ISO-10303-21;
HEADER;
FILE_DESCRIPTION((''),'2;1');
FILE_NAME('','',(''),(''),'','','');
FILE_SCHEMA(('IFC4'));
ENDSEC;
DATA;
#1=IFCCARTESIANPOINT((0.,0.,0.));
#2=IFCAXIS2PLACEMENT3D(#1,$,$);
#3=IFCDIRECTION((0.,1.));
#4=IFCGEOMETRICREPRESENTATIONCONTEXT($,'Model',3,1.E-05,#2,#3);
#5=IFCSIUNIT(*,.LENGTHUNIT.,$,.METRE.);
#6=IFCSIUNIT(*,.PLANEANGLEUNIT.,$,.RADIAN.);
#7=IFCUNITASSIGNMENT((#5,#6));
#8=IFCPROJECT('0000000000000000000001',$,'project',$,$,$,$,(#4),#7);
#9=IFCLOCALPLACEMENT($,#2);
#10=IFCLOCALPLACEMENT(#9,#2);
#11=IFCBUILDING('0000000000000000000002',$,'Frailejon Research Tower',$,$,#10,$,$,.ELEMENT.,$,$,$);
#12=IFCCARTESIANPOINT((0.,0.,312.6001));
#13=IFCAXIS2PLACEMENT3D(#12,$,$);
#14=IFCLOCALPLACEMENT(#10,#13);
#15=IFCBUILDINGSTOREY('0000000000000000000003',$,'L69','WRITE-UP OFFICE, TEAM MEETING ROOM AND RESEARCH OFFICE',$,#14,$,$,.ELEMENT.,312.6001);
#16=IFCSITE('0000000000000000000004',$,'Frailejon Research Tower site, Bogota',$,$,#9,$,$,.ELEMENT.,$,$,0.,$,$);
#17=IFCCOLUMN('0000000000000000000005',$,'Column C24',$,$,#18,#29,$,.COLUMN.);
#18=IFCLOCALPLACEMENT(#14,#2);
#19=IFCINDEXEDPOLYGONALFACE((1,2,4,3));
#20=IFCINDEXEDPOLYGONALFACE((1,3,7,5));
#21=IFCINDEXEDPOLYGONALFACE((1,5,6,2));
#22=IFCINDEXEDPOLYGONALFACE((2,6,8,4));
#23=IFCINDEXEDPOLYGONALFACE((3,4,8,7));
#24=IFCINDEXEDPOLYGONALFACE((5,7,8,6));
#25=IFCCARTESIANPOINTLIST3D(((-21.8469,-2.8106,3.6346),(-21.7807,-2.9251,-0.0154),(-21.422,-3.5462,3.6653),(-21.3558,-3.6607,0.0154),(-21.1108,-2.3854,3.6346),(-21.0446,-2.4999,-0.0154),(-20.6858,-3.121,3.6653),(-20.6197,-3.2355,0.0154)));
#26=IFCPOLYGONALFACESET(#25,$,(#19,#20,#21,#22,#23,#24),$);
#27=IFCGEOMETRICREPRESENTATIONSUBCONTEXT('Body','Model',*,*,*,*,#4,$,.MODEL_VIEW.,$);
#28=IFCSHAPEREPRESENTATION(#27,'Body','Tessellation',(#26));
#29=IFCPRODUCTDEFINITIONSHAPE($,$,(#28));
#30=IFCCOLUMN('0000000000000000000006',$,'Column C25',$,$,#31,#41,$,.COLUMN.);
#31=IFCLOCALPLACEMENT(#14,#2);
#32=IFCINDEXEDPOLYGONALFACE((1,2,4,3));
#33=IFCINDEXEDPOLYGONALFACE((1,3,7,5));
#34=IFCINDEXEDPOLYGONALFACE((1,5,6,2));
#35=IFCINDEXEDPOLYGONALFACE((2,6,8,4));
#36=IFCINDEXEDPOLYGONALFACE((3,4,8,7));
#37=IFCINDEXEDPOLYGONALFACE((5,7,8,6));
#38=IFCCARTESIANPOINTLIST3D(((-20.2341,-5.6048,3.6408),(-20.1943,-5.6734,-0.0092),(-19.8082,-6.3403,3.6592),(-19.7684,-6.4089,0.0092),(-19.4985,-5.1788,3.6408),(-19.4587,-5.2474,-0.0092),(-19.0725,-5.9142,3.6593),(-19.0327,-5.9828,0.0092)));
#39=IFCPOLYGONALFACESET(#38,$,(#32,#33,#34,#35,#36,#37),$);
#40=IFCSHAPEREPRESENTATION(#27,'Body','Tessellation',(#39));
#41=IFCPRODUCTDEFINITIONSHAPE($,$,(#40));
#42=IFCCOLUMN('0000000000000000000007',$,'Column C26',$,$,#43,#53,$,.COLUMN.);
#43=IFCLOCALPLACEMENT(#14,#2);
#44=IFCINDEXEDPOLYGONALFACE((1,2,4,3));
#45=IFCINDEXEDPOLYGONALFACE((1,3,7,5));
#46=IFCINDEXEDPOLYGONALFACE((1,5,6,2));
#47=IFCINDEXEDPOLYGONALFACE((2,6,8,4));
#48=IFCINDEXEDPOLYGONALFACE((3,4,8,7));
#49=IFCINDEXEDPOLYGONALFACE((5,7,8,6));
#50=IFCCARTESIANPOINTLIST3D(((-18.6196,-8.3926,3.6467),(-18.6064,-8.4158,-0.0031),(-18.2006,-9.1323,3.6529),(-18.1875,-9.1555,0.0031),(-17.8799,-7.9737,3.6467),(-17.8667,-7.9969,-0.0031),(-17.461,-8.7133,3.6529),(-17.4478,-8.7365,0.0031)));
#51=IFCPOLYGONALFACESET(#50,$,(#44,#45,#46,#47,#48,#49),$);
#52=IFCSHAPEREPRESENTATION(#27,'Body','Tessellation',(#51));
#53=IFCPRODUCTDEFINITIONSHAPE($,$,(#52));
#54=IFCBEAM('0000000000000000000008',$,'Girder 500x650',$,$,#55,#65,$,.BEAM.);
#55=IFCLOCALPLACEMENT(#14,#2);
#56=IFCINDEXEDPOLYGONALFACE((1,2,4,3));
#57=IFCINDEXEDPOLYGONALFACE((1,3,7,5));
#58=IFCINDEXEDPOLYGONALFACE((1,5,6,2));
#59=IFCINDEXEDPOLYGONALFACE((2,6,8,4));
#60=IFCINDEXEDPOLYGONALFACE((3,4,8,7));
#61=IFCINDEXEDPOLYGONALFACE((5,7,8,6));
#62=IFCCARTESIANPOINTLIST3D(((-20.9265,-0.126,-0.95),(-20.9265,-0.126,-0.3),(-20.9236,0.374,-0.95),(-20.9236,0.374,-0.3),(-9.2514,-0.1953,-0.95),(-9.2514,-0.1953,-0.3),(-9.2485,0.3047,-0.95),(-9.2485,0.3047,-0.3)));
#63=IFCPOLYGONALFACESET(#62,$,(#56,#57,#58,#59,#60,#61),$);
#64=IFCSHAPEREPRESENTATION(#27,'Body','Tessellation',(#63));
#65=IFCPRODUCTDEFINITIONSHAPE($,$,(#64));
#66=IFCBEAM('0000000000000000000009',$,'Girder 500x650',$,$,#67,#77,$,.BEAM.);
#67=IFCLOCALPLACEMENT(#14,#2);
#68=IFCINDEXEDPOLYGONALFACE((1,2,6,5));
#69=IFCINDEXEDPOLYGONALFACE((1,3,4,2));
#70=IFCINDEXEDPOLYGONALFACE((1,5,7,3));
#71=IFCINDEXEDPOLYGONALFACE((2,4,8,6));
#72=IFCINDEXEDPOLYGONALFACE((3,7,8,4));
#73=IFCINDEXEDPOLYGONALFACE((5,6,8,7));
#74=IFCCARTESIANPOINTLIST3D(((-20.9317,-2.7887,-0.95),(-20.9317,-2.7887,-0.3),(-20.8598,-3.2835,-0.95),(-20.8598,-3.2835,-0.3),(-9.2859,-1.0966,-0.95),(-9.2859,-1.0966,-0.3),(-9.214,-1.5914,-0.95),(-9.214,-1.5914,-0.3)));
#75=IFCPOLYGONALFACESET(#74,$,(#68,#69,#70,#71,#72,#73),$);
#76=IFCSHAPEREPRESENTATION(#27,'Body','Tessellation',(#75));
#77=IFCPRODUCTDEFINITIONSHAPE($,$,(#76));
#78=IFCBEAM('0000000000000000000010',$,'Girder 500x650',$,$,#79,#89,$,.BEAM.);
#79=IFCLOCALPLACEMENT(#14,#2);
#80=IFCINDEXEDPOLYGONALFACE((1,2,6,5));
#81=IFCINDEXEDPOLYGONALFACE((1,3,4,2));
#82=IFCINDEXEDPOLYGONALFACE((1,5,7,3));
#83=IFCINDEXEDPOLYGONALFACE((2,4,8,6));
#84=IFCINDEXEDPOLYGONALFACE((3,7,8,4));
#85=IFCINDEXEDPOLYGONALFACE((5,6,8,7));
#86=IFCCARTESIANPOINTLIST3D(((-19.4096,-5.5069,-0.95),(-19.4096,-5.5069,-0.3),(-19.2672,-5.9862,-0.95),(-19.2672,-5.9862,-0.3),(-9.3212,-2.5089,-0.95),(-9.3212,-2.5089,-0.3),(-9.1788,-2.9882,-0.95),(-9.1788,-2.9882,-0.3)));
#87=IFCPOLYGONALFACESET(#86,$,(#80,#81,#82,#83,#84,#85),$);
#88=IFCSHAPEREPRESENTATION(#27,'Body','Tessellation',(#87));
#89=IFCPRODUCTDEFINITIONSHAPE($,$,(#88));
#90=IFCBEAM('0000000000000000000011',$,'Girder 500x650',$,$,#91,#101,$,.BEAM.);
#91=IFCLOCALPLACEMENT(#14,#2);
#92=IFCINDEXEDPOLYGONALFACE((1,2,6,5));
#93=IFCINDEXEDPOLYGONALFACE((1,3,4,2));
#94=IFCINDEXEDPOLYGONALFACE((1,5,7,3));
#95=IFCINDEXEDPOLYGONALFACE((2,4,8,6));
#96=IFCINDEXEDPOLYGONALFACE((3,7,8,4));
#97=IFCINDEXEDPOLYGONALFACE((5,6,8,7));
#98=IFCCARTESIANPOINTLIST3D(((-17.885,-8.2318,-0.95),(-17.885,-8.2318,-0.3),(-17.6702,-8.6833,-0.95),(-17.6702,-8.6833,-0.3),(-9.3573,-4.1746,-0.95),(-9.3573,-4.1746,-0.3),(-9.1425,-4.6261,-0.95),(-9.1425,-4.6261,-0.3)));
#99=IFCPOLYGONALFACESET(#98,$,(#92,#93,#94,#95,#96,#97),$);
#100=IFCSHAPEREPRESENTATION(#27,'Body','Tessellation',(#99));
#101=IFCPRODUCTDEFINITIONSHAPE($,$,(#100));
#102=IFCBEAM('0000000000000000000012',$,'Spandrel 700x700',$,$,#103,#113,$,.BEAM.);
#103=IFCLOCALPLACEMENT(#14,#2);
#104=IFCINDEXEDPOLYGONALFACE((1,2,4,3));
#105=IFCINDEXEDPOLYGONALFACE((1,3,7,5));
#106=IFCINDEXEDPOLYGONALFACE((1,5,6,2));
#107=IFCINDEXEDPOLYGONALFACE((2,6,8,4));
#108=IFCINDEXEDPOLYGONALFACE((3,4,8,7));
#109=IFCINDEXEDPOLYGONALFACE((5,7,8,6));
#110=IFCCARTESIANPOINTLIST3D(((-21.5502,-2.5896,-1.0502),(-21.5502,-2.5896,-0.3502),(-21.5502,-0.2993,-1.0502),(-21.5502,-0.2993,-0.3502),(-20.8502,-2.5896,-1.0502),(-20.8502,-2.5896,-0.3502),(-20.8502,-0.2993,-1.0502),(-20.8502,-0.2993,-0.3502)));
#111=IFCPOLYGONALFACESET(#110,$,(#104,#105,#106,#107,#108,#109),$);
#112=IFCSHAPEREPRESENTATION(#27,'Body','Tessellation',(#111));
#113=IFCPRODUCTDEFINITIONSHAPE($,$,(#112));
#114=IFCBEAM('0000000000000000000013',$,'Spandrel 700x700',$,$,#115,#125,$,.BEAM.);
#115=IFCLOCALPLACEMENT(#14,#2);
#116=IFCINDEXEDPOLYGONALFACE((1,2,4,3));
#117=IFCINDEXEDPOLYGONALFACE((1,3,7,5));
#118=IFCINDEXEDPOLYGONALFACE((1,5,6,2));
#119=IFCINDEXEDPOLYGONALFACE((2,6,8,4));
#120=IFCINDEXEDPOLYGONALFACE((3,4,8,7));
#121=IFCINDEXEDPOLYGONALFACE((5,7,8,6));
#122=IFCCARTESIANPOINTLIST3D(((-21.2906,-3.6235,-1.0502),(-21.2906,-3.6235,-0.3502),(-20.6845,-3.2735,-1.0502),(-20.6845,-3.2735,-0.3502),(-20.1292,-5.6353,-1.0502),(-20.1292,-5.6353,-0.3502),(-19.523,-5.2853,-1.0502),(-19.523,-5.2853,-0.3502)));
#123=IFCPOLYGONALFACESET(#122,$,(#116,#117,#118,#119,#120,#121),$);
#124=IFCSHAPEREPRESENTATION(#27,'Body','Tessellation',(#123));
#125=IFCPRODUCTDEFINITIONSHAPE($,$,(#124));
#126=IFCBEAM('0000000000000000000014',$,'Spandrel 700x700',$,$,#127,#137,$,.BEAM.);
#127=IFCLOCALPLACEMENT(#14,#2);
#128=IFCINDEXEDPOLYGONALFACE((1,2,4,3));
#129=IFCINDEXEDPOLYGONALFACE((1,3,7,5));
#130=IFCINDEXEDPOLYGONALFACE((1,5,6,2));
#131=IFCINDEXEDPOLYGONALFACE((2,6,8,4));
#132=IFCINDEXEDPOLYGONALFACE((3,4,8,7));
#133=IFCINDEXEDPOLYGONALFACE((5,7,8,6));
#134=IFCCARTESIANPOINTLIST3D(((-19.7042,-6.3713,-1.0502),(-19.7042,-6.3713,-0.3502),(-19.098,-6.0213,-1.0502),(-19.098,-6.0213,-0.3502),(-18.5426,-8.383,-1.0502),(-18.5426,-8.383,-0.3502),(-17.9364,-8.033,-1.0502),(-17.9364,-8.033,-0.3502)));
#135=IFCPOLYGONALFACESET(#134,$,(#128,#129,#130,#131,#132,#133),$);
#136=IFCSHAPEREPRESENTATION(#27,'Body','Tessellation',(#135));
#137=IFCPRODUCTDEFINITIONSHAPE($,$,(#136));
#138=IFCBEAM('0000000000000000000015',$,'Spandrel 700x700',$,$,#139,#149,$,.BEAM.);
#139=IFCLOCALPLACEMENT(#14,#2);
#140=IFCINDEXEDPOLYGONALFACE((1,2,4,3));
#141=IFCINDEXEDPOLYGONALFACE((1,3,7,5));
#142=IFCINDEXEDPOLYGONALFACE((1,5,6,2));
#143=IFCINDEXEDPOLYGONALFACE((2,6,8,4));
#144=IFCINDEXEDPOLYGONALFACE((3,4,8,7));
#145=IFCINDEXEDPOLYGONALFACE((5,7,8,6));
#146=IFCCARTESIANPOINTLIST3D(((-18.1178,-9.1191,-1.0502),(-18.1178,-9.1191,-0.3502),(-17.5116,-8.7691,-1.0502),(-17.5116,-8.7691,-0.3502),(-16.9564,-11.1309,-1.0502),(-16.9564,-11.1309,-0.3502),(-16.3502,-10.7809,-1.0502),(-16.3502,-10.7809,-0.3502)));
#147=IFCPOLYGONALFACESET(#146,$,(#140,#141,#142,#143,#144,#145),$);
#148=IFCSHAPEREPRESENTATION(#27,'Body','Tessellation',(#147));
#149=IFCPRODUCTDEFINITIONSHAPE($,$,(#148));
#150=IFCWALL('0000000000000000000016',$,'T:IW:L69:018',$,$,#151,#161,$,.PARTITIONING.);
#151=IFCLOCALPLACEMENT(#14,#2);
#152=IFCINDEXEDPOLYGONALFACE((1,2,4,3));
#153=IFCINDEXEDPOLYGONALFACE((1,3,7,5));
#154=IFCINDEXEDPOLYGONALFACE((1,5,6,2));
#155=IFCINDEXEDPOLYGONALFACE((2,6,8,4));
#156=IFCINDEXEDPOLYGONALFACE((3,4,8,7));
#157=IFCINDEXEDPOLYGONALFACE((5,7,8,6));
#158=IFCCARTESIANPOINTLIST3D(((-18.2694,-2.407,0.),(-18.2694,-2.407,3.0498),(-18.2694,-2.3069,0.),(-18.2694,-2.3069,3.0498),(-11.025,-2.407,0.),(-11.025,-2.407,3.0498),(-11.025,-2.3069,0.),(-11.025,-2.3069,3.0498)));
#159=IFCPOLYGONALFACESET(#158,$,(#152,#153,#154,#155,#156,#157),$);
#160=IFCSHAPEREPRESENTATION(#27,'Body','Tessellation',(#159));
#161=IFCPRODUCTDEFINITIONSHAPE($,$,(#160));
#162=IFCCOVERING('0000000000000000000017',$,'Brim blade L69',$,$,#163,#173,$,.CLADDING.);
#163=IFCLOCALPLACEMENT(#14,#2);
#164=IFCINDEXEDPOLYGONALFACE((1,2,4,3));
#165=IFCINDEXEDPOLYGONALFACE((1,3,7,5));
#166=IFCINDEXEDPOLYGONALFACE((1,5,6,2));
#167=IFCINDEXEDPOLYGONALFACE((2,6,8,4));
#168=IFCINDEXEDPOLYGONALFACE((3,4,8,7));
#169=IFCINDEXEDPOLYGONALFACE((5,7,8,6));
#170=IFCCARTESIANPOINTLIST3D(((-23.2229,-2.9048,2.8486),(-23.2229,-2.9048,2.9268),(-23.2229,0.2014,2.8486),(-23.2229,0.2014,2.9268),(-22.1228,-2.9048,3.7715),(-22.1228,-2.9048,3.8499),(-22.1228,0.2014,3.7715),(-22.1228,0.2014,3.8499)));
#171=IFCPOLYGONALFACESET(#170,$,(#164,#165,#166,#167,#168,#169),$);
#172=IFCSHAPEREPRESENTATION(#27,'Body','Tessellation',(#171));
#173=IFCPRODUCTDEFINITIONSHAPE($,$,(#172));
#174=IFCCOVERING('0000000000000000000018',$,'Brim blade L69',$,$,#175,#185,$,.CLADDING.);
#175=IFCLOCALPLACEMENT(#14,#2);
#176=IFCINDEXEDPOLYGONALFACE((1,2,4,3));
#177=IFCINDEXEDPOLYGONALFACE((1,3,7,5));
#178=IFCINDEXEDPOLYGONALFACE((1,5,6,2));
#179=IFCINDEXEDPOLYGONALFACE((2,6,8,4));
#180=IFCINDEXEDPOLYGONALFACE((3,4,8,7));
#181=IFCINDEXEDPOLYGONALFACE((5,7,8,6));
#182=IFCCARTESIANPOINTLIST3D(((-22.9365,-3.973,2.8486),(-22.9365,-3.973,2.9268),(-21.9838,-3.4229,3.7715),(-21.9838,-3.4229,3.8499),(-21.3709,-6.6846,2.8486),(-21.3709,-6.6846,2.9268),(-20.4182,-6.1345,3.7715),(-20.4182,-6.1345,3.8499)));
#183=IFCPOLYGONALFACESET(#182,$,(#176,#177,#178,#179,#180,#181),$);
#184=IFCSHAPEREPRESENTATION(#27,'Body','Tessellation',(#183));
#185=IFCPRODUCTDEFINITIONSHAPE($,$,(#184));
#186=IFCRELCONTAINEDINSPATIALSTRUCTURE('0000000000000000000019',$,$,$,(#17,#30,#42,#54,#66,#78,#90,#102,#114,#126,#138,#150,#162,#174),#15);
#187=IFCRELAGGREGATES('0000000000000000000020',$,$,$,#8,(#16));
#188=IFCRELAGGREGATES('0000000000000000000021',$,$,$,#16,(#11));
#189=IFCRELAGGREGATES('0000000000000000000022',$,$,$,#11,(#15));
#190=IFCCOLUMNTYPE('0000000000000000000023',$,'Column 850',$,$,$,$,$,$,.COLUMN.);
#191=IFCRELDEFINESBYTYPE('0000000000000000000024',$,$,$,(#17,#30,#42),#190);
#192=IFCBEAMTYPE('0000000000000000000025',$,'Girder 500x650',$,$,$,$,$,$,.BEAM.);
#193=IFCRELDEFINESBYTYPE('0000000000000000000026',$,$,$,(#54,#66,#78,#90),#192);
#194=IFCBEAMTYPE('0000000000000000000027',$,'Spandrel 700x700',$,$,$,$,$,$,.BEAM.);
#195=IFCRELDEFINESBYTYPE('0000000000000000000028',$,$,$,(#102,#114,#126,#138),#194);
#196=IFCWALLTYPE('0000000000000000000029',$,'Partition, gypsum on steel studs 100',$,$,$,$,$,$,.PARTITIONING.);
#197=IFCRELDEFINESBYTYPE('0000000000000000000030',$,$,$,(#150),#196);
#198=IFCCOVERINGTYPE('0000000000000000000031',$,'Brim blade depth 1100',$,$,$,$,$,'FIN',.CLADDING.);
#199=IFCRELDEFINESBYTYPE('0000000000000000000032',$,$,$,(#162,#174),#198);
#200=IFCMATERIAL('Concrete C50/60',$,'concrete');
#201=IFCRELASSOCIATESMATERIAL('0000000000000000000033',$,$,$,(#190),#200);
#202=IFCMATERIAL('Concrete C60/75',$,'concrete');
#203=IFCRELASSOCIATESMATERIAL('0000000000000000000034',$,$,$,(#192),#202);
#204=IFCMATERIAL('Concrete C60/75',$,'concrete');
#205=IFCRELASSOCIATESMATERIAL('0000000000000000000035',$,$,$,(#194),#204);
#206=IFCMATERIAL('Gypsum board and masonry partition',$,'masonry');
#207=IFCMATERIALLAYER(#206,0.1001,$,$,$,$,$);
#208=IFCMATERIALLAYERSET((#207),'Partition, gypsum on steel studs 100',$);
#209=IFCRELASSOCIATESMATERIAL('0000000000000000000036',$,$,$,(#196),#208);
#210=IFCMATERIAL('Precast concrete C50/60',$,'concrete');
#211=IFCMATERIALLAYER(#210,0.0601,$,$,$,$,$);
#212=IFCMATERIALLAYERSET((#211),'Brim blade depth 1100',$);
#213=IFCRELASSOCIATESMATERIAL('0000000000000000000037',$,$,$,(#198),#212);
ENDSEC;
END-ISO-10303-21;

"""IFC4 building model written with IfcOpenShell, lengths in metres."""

from ifc_helpers import new_model, si_unit, direction, frame, frame_2d, origin, origin_2d, place, context, subcontext, project, spatial, polyline, rectangle, outline, extrude, material, layer, layer_set, material_profile, profile_set, type_object, element, save


model = new_model("IFC4")

# Units and contexts
model_context = context("Model", 3, precision=1e-05, world=origin(), true_north=direction((0.0, 1.0)))
body_context = subcontext(model_context, "Body", "Model", "MODEL_VIEW")
ifc_project = project(units=[si_unit("LENGTHUNIT", "METRE"), si_unit("PLANEANGLEUNIT", "RADIAN")], contexts=[model_context])

# Site, building, storey
site_placement = place(None, origin())
site = spatial("IfcSite", under=ifc_project, at=site_placement, Name="Frailejon Research Tower site, Bogota", CompositionType="ELEMENT", RefElevation=0.0)
building_placement = place(site_placement, origin())
building = spatial("IfcBuilding", under=site, at=building_placement, Name="Frailejon Research Tower", CompositionType="ELEMENT")
storey_placement = place(building_placement, frame((0.0, 0.0, 312.6001)))
storey = spatial("IfcBuildingStorey", under=building, at=storey_placement, Name="L69", Description="WRITE-UP OFFICE, TEAM MEETING ROOM AND RESEARCH OFFICE", CompositionType="ELEMENT", Elevation=312.6001)

# Columns
ifc_material_1 = material(Name="Concrete C50/60", Category="concrete")
ifc_material_profile_1 = material_profile(ifc_material_1, rectangle(XDim=0.8501, YDim=0.8501, at=origin_2d()), Name="Column 850")
ifc_profile_set_1 = profile_set([ifc_material_profile_1], Name="Concrete C50/60")
column_type = type_object("IfcColumnType", Name="Column 850", PredefinedType="COLUMN", material=ifc_profile_set_1)
column_1_placement = place(storey_placement, frame((-21.2002, -3.0803, 0.0), z_axis=(-0.018115, 0.031351, 0.999344), x_axis=(0.49984, -0.865361, 0.036208)))
element("IfcColumn", 1, at=column_1_placement, inside=storey, type_object=column_type, Name="Column C24", PredefinedType="COLUMN", context=body_context, shape_type="SweptSolid", body=[
    extrude(rectangle(XDim=0.8501, YDim=0.8501, at=origin_2d()), origin(), (0.0, 0.0, 1.0), 3.6523),
])
column_2_placement = place(storey_placement, frame((-19.6135, -5.8281, 0.0), z_axis=(-0.0109, 0.018792, 0.999764), x_axis=(0.501063, -0.865138, 0.021724)))
element("IfcColumn", 2, at=column_2_placement, inside=storey, type_object=column_type, Name="Column C25", PredefinedType="COLUMN", context=body_context, shape_type="SweptSolid", body=[
    extrude(rectangle(XDim=0.8501, YDim=0.8501, at=origin_2d()), origin(), (0.0, 0.0, 1.0), 3.6509),
])
column_3_placement = place(storey_placement, frame((-18.0271, -8.5762, 0.0), z_axis=(-0.003612, 0.006354, 0.999973), x_axis=(0.49284, -0.870089, 0.007309)))
element("IfcColumn", 3, at=column_3_placement, inside=storey, type_object=column_type, Name="Column C26", PredefinedType="COLUMN", context=body_context, shape_type="SweptSolid", body=[
    extrude(rectangle(XDim=0.8501, YDim=0.8501, at=origin_2d()), origin(), (0.0, 0.0, 1.0), 3.6499),
])

# Beams
ifc_material_2 = material(Name="Concrete C60/75", Category="concrete")
ifc_material_profile_2 = material_profile(ifc_material_2, rectangle(XDim=0.5, YDim=0.6499, at=origin_2d()), Name="Girder 500x650")
ifc_profile_set_2 = profile_set([ifc_material_profile_2], Name="Concrete C60/75")
beam_type_1 = type_object("IfcBeamType", Name="Girder 500x650", PredefinedType="BEAM", material=ifc_profile_set_2)
beam_1_placement = place(storey_placement, frame((-20.925, 0.124, -0.625), z_axis=(0.999982, -0.005939, 0.0), x_axis=(0.005939, 0.999982, 0.0)))
element("IfcBeam", 4, at=beam_1_placement, inside=storey, type_object=beam_type_1, Name="Girder 500x650", PredefinedType="BEAM", context=body_context, shape_type="SweptSolid", body=[
    extrude(rectangle(XDim=0.5, YDim=0.6499, at=origin_2d()), origin(), (0.0, 0.0, 1.0), 11.6753),
])
beam_2_placement = place(storey_placement, frame((-20.8958, -3.0361, -0.625), z_axis=(0.989608, 0.143791, 0.0), x_axis=(-0.143791, 0.989608, 0.0)))
element("IfcBeam", 5, at=beam_2_placement, inside=storey, type_object=beam_type_1, Name="Girder 500x650", PredefinedType="BEAM", context=body_context, shape_type="SweptSolid", body=[
    extrude(rectangle(XDim=0.5, YDim=0.6499, at=origin_2d()), origin(), (0.0, 0.0, 1.0), 11.7681),
])
beam_3_placement = place(storey_placement, frame((-19.3384, -5.7466, -0.625), z_axis=(0.958568, 0.284865, 0.0), x_axis=(-0.284865, 0.958568, 0.0)))
element("IfcBeam", 6, at=beam_3_placement, inside=storey, type_object=beam_type_1, Name="Girder 500x650", PredefinedType="BEAM", context=body_context, shape_type="SweptSolid", body=[
    extrude(rectangle(XDim=0.5, YDim=0.6499, at=origin_2d()), origin(), (0.0, 0.0, 1.0), 10.5244),
])
beam_4_placement = place(storey_placement, frame((-17.7776, -8.4575, -0.625), z_axis=(0.90301, 0.42962, 0.0), x_axis=(-0.42962, 0.90301, 0.0)))
element("IfcBeam", 7, at=beam_4_placement, inside=storey, type_object=beam_type_1, Name="Girder 500x650", PredefinedType="BEAM", context=body_context, shape_type="SweptSolid", body=[
    extrude(rectangle(XDim=0.5, YDim=0.6499, at=origin_2d()), origin(), (0.0, 0.0, 1.0), 9.4436),
])
ifc_material_3 = material(Name="Concrete C60/75", Category="concrete")
ifc_material_profile_3 = material_profile(ifc_material_3, rectangle(XDim=0.7, YDim=0.7, at=origin_2d()), Name="Spandrel 700x700")
ifc_profile_set_3 = profile_set([ifc_material_profile_3], Name="Concrete C60/75")
beam_type_2 = type_object("IfcBeamType", Name="Spandrel 700x700", PredefinedType="BEAM", material=ifc_profile_set_3)
beam_5_placement = place(storey_placement, frame((-21.2002, -0.2993, -0.7002), z_axis=(0.0, -1.0, 0.0), x_axis=(1.0, 0.0, 0.0)))
element("IfcBeam", 8, at=beam_5_placement, inside=storey, type_object=beam_type_2, Name="Spandrel 700x700", PredefinedType="BEAM", context=body_context, shape_type="SweptSolid", body=[
    extrude(rectangle(XDim=0.7, YDim=0.7, at=origin_2d()), origin(), (0.0, 0.0, 1.0), 2.2903),
])
for number, where, z_axis, x_axis, name in (
    (9, (-20.9875, -3.4485, -0.7002), (0.499971, -0.866042, 0.0), (0.866042, 0.499971, 0.0), "Spandrel 700x700"),
    (10, (-19.4011, -6.1963, -0.7002), (0.50005, -0.865997, 0.0), (0.865997, 0.50005, 0.0), "Spandrel 700x700"),
    (11, (-17.8147, -8.9441, -0.7002), (0.499971, -0.866042, 0.0), (0.866042, 0.499971, 0.0), "Spandrel 700x700"),
):
    element("IfcBeam", number, at=place(storey_placement, frame(where, z_axis=z_axis, x_axis=x_axis)), inside=storey, type_object=beam_type_2, Name=name, PredefinedType="BEAM", context=body_context, shape_type="SweptSolid", body=[
        extrude(rectangle(XDim=0.7, YDim=0.7, at=origin_2d()), origin(), (0.0, 0.0, 1.0), 2.323),
    ])

# Wall
ifc_material_4 = material(Name="Gypsum board and masonry partition", Category="masonry")
ifc_layer_1 = layer(ifc_material_4, 0.1001)
ifc_layer_set_1 = layer_set([ifc_layer_1], Name="Partition, gypsum on steel studs 100")
wall_type_1 = type_object("IfcWallType", Name="Partition, gypsum on steel studs 100", PredefinedType="PARTITIONING", material=ifc_layer_set_1)
wall_1_placement = place(storey_placement, frame((-18.2693, -2.3569, 0.0), z_axis=(0.0, 0.0, 1.0), x_axis=(1.0, 0.0, 0.0)))
element("IfcWall", 12, at=wall_1_placement, inside=storey, type_object=wall_type_1, Name="T:IW:L69:018", PredefinedType="PARTITIONING", context=body_context, shape_type="SweptSolid", body=[
    extrude(rectangle(XDim=7.2444, YDim=0.1001, at=frame_2d((3.6221, 0.0))), origin(), (0.0, 0.0, 1.0), 3.0498),
])

# Coverings
ifc_material_5 = material(Name="Precast concrete C50/60", Category="concrete")
ifc_layer_2 = layer(ifc_material_5, 0.0601)
ifc_layer_set_2 = layer_set([ifc_layer_2], Name="Brim blade depth 1100")
covering_type_1 = type_object("IfcCoveringType", Name="Brim blade depth 1100", ElementType="FIN", PredefinedType="CLADDING", material=ifc_layer_set_2)
covering_1_placement = place(storey_placement, frame((-22.1228, -2.9048, 3.8499), z_axis=(0.0, 1.0, 0.0), x_axis=(-1.0, 0.0, 0.0)))
element("IfcCovering", 13, at=covering_1_placement, inside=storey, type_object=covering_type_1, Name="Brim blade L69", PredefinedType="CLADDING", context=body_context, shape_type="SweptSolid", body=[
    extrude(outline(polyline([(0.0, -0.0784), (1.1001, -1.0012), (1.1001, -0.9231), (0.0, 0.0), (0.0, -0.0784)])), origin(), (0.0, 0.0, 1.0), 3.1062),
])
covering_2_placement = place(storey_placement, frame((-20.4182, -6.1345, 3.8499), z_axis=(-0.500004, 0.866023, 0.0), x_axis=(-0.866023, -0.500004, 0.0)))
element("IfcCovering", 14, at=covering_2_placement, inside=storey, type_object=covering_type_1, Name="Brim blade L69", PredefinedType="CLADDING", context=body_context, shape_type="SweptSolid", body=[
    extrude(outline(polyline([(0.0, -0.0784), (1.1001, -1.0012), (1.1001, -0.9231), (0.0, 0.0), (0.0, -0.0784)])), origin(), (0.0, 0.0, 1.0), 3.1311),
])

save(model, "model.ifc")
